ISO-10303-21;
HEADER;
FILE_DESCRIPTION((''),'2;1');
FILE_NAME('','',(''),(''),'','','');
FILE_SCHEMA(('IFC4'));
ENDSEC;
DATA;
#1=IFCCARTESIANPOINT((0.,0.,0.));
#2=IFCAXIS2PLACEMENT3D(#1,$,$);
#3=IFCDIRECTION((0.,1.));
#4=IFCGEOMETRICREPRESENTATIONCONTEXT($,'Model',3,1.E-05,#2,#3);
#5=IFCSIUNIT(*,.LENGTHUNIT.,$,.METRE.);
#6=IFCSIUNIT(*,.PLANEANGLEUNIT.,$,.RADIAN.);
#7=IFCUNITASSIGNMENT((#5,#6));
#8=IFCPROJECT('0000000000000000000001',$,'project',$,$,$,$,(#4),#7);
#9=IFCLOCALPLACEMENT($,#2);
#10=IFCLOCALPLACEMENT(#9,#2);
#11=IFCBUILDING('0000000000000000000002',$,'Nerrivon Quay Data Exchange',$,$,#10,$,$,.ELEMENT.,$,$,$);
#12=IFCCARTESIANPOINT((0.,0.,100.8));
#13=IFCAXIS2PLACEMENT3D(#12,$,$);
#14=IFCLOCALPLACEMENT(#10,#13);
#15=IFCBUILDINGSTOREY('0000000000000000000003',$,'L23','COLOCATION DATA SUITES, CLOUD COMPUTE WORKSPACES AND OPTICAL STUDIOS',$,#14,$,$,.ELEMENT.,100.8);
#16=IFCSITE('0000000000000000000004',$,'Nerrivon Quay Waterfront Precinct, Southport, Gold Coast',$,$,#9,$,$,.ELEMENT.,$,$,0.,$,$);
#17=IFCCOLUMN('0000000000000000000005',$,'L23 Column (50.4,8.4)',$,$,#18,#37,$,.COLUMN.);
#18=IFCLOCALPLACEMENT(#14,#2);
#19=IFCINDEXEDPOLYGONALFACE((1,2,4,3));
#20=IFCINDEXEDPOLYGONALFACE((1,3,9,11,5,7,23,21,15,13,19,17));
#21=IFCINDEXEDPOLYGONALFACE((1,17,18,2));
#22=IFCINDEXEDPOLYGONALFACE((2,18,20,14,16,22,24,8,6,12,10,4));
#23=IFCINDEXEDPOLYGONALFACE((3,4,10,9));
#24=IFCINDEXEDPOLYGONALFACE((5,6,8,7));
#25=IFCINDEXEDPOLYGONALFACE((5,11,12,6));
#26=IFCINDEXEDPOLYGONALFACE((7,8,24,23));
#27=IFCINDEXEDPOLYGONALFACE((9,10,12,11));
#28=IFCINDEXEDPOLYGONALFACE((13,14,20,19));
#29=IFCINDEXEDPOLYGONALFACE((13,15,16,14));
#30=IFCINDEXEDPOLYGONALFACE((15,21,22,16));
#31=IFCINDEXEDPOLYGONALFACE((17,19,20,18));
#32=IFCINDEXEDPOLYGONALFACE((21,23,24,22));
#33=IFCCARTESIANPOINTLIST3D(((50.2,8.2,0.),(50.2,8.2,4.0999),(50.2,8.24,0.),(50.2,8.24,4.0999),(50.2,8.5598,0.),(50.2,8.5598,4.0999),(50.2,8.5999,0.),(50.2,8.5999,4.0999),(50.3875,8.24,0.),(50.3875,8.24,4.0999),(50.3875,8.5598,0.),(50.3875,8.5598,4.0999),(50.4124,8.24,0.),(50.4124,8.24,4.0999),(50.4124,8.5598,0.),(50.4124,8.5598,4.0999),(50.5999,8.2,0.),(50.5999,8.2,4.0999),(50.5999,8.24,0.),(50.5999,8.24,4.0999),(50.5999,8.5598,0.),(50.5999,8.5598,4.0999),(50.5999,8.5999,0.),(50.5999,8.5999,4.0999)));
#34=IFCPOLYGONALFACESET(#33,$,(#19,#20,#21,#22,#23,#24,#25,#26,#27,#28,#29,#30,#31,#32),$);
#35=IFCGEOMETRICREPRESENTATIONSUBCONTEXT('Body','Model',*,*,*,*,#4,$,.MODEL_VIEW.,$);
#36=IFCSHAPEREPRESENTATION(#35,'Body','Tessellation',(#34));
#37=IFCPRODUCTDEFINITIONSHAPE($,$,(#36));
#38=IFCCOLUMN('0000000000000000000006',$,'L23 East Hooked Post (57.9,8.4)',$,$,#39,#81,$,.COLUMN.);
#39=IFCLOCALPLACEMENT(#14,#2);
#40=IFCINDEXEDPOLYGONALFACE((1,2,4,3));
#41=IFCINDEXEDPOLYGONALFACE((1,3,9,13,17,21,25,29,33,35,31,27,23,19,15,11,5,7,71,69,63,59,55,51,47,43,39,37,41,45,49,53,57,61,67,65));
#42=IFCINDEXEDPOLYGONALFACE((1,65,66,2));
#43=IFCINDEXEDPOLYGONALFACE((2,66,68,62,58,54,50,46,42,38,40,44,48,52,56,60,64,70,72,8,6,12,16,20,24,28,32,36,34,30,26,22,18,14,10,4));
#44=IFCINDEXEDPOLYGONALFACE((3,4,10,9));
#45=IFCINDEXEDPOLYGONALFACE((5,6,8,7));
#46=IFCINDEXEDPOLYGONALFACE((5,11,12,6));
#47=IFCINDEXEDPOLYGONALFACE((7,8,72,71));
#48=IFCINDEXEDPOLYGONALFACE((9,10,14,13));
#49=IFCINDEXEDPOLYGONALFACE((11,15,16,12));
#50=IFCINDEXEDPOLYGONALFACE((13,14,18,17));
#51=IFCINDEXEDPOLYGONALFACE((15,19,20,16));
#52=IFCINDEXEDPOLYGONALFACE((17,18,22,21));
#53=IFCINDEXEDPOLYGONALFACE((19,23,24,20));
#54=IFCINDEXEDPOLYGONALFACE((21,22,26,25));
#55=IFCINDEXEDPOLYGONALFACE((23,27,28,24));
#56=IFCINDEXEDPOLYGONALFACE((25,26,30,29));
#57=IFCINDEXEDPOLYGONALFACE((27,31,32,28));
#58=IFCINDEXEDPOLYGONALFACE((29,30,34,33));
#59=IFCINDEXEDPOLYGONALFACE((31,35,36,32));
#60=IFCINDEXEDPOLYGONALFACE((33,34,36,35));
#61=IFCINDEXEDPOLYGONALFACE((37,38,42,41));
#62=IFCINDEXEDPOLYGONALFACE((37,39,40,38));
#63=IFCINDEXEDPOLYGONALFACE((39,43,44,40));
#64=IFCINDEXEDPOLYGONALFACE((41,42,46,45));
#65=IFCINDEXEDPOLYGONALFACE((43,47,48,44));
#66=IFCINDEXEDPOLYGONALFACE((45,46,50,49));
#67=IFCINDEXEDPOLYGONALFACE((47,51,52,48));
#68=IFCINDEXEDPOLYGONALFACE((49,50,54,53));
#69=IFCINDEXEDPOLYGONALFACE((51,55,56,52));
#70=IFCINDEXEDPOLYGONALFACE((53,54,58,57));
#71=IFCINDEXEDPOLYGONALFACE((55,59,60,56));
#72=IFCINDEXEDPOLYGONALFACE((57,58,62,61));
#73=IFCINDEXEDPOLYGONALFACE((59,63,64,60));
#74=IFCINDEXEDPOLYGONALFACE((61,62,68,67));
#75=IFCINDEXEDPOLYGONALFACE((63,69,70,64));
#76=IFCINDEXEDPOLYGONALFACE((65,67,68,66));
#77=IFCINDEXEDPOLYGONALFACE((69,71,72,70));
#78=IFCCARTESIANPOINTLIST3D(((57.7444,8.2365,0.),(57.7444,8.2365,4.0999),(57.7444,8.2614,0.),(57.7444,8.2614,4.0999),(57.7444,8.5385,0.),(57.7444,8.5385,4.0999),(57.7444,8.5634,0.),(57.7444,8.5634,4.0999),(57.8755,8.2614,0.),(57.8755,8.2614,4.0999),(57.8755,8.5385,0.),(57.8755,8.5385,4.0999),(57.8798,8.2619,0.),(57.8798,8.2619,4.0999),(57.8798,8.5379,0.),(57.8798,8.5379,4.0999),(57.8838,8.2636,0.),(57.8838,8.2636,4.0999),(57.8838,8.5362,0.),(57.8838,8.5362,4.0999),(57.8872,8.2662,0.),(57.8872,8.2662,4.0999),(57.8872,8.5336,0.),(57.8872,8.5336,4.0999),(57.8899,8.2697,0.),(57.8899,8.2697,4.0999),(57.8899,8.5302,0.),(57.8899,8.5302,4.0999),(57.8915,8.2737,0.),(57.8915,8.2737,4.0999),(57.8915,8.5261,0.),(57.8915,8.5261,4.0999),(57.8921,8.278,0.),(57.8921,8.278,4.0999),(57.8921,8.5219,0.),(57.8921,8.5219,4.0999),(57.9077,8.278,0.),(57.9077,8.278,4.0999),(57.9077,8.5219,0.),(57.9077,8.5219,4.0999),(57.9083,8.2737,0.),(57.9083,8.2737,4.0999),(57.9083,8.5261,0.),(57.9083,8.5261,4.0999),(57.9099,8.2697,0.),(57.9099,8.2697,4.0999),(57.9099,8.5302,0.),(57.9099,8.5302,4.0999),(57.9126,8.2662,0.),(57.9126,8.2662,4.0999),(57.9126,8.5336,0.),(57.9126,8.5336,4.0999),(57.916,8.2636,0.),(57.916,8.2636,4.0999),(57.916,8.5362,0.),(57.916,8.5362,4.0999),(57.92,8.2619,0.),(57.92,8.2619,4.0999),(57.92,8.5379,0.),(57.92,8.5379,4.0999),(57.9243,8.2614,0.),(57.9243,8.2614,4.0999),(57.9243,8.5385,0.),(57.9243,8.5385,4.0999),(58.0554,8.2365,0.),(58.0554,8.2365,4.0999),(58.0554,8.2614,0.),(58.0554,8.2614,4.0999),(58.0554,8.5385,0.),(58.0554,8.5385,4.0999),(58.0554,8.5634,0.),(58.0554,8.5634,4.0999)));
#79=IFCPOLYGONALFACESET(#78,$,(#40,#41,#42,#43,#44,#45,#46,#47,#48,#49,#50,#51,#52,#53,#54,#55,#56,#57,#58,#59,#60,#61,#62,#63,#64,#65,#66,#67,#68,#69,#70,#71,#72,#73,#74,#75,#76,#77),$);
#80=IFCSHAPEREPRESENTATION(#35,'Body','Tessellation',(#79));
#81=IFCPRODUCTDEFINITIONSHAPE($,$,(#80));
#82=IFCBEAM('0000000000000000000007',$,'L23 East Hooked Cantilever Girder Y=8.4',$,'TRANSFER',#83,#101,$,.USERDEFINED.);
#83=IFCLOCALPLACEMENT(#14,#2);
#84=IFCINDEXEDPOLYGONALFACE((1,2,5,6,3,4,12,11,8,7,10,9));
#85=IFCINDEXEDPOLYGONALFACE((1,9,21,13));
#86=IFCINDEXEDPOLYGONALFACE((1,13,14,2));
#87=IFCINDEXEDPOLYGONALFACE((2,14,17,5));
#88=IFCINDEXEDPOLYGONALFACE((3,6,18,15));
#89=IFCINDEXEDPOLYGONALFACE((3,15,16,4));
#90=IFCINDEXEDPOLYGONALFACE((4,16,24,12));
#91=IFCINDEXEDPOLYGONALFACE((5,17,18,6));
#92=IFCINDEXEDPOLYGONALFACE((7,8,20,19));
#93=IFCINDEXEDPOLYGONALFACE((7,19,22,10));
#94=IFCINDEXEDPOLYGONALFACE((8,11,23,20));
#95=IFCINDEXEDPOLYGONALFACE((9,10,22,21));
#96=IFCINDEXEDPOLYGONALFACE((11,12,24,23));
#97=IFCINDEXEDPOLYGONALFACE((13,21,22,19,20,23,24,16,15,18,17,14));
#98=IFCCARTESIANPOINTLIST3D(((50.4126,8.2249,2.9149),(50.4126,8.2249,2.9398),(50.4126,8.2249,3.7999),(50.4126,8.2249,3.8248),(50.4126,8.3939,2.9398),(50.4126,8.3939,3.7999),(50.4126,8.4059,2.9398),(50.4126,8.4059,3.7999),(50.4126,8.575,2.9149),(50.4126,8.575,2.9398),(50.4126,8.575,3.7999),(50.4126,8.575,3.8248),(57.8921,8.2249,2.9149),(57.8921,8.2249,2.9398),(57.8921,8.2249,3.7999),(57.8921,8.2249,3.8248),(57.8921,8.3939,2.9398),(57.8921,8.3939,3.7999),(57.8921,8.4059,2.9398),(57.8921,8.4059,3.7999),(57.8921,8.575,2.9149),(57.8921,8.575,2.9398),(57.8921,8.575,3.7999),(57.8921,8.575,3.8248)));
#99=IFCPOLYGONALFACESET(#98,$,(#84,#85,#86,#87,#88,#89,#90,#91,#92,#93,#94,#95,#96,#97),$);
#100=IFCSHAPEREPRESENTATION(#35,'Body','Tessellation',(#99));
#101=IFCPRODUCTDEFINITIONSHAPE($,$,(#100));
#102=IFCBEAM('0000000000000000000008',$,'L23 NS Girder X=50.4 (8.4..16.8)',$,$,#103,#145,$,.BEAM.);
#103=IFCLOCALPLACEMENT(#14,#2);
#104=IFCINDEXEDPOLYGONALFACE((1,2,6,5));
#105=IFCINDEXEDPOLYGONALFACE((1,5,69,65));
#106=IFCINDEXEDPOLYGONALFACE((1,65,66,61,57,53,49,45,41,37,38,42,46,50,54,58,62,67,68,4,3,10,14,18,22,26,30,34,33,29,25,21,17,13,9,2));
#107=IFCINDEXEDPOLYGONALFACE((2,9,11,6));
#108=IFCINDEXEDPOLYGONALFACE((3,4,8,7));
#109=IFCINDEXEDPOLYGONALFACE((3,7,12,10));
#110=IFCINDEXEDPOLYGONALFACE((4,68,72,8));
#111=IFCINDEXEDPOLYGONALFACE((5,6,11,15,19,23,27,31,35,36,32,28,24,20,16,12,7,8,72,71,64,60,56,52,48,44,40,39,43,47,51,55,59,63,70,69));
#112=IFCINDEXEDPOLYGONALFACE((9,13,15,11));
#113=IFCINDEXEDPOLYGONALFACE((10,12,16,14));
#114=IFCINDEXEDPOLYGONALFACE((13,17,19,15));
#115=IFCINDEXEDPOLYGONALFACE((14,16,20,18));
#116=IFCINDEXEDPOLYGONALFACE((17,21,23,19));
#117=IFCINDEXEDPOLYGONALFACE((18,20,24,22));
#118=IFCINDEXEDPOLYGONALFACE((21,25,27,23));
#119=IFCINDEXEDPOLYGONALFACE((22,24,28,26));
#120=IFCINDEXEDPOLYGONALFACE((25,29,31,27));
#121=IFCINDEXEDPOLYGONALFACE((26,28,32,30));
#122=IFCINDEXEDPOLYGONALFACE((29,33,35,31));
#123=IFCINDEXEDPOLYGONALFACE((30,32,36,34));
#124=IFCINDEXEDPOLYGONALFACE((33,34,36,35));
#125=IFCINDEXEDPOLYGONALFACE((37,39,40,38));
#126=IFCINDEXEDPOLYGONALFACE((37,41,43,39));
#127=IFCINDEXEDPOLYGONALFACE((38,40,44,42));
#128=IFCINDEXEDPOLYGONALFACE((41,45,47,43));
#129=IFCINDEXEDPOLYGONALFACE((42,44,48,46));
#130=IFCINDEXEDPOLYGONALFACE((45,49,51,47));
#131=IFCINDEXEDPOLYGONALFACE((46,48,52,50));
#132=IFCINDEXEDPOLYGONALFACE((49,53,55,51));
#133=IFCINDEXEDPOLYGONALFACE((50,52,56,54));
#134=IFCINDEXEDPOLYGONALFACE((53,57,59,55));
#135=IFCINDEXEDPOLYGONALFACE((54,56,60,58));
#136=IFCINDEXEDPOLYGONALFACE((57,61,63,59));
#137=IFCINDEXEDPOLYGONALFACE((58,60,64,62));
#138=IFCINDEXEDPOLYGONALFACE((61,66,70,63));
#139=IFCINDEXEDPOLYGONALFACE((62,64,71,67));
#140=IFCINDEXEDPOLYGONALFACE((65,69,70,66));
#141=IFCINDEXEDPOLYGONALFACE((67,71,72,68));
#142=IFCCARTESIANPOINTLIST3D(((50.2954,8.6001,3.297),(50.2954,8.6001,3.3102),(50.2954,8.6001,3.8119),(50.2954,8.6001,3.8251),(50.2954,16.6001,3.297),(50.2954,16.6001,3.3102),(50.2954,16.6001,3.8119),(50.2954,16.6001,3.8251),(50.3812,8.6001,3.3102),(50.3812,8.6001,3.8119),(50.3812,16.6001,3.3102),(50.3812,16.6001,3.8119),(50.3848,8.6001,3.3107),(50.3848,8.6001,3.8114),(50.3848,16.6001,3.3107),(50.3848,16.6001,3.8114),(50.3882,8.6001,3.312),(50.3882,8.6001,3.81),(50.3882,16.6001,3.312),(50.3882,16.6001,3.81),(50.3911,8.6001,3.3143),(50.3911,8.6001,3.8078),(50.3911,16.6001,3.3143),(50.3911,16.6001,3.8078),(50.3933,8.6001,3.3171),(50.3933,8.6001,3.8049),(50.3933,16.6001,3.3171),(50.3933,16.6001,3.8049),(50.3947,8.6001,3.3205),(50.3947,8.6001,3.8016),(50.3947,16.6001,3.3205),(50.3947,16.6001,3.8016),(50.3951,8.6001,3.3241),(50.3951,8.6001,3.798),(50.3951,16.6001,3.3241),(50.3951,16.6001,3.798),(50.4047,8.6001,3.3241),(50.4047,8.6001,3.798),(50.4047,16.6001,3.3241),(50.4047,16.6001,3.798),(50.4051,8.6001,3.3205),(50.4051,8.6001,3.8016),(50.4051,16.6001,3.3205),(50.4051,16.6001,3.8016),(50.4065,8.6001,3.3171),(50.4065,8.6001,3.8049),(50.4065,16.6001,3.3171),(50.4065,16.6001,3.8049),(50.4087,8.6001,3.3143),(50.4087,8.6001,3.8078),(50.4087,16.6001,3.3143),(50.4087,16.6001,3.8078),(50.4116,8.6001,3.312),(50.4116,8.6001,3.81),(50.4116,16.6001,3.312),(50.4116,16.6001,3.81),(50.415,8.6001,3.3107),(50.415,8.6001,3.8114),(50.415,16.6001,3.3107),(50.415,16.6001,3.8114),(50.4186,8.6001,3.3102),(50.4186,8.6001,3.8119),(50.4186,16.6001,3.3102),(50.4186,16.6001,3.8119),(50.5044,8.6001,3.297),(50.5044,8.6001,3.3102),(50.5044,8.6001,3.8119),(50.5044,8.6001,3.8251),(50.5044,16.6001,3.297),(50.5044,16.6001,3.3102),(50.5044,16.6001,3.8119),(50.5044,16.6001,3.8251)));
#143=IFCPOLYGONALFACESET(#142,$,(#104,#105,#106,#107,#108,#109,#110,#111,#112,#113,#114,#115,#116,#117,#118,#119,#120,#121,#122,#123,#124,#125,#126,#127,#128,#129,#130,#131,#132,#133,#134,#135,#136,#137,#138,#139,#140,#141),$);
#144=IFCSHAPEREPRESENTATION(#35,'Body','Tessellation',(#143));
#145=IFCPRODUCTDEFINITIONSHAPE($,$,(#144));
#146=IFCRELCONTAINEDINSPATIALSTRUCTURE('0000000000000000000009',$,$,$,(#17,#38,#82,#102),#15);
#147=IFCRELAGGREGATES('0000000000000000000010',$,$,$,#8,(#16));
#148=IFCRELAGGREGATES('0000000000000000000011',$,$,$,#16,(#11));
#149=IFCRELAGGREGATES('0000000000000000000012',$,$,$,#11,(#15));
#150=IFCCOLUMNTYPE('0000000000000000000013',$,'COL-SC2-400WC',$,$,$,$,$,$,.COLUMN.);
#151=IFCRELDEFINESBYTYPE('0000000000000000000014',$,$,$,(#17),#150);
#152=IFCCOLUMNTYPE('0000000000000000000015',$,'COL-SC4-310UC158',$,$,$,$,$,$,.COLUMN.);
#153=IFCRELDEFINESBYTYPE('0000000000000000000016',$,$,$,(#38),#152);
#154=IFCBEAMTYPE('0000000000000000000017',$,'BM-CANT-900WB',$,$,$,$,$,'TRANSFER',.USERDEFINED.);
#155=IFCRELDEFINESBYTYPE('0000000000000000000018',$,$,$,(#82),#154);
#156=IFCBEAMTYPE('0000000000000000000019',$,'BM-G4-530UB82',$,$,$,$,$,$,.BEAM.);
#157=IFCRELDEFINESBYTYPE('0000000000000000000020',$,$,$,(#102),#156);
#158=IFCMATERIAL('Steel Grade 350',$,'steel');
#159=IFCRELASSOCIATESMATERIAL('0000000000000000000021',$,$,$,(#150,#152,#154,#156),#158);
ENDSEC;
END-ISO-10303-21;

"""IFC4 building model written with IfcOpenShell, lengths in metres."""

from ifc_helpers import new_model, si_unit, direction, frame, origin, origin_2d, place, context, subcontext, project, spatial, i_section, extrude, material, material_profile, profile_set, type_object, element, save


model = new_model("IFC4")

# Units and contexts
model_context = context("Model", 3, precision=1e-05, world=origin(), true_north=direction((0.0, 1.0)))
body_context = subcontext(model_context, "Body", "Model", "MODEL_VIEW")
ifc_project = project(units=[si_unit("LENGTHUNIT", "METRE"), si_unit("PLANEANGLEUNIT", "RADIAN")], contexts=[model_context])

# Site, building, storey
site_placement = place(None, origin())
site = spatial("IfcSite", under=ifc_project, at=site_placement, Name="Nerrivon Quay Waterfront Precinct, Southport, Gold Coast", CompositionType="ELEMENT", RefElevation=0.0)
building_placement = place(site_placement, origin())
building = spatial("IfcBuilding", under=site, at=building_placement, Name="Nerrivon Quay Data Exchange", CompositionType="ELEMENT")
storey_placement = place(building_placement, frame((0.0, 0.0, 100.8)))
storey = spatial("IfcBuildingStorey", under=building, at=storey_placement, Name="L23", Description="COLOCATION DATA SUITES, CLOUD COMPUTE WORKSPACES AND OPTICAL STUDIOS", CompositionType="ELEMENT", Elevation=100.8)

# Columns
ifc_material_1 = material(Name="Steel Grade 350", Category="steel")
ifc_material_profile_1 = material_profile(ifc_material_1, i_section(OverallWidth=0.3999, OverallDepth=0.3999, WebThickness=0.0249, FlangeThickness=0.04, at=origin_2d()), Name="400WC328")
ifc_profile_set_1 = profile_set([ifc_material_profile_1], Name="Steel Grade 350")
column_type_1 = type_object("IfcColumnType", Name="COL-SC2-400WC", PredefinedType="COLUMN", material=ifc_profile_set_1)
column_1_placement = place(storey_placement, frame((50.3999, 8.3999, 0.0), z_axis=(0.0, 0.0, 1.0), x_axis=(1.0, 0.0, 0.0)))
element("IfcColumn", 1, at=column_1_placement, inside=storey, type_object=column_type_1, Name="L23 Column (50.4,8.4)", PredefinedType="COLUMN", context=body_context, shape_type="SweptSolid", body=[
    extrude(i_section(OverallWidth=0.3999, OverallDepth=0.3999, WebThickness=0.0249, FlangeThickness=0.04, at=origin_2d()), origin(), (0.0, 0.0, 1.0), 4.0999),
])
ifc_material_profile_2 = material_profile(ifc_material_1, i_section(OverallWidth=0.311, OverallDepth=0.3269, WebThickness=0.0156, FlangeThickness=0.0249, FilletRadius=0.0166, at=origin_2d()), Name="310UC158")
ifc_profile_set_2 = profile_set([ifc_material_profile_2], Name="Steel Grade 350")
column_type_2 = type_object("IfcColumnType", Name="COL-SC4-310UC158", PredefinedType="COLUMN", material=ifc_profile_set_2)
column_2_placement = place(storey_placement, frame((57.8999, 8.3999, 0.0), z_axis=(0.0, 0.0, 1.0), x_axis=(1.0, 0.0, 0.0)))
element("IfcColumn", 2, at=column_2_placement, inside=storey, type_object=column_type_2, Name="L23 East Hooked Post (57.9,8.4)", PredefinedType="COLUMN", context=body_context, shape_type="SweptSolid", body=[
    extrude(i_section(OverallWidth=0.311, OverallDepth=0.3269, WebThickness=0.0156, FlangeThickness=0.0249, FilletRadius=0.0166, at=origin_2d()), origin(), (0.0, 0.0, 1.0), 4.0999),
])

# Beams
ifc_material_profile_3 = material_profile(ifc_material_1, i_section(OverallWidth=0.3501, OverallDepth=0.9099, WebThickness=0.012, FlangeThickness=0.0249, at=origin_2d()), Name="900WB218")
ifc_profile_set_3 = profile_set([ifc_material_profile_3], Name="Steel Grade 350")
beam_type_1 = type_object("IfcBeamType", Name="BM-CANT-900WB", ElementType="TRANSFER", PredefinedType="USERDEFINED", material=ifc_profile_set_3)
beam_1_placement = place(storey_placement, frame((50.4126, 8.3999, 3.3699), z_axis=(1.0, 0.0, 0.0), x_axis=(0.0, 1.0, 0.0)))
element("IfcBeam", 3, at=beam_1_placement, inside=storey, type_object=beam_type_1, Name="L23 East Hooked Cantilever Girder Y=8.4", ObjectType="TRANSFER", PredefinedType="USERDEFINED", context=body_context, shape_type="SweptSolid", body=[
    extrude(i_section(OverallWidth=0.3501, OverallDepth=0.9099, WebThickness=0.012, FlangeThickness=0.0249, at=origin_2d()), origin(), (0.0, 0.0, 1.0), 7.4795),
])
ifc_material_profile_4 = material_profile(ifc_material_1, i_section(OverallWidth=0.209, OverallDepth=0.5281, WebThickness=0.0095, FlangeThickness=0.0132, FilletRadius=0.0139, at=origin_2d()), Name="530UB82.0")
ifc_profile_set_4 = profile_set([ifc_material_profile_4], Name="Steel Grade 350")
beam_type_2 = type_object("IfcBeamType", Name="BM-G4-530UB82", PredefinedType="BEAM", material=ifc_profile_set_4)
beam_2_placement = place(storey_placement, frame((50.3999, 8.6001, 3.561), z_axis=(0.0, 1.0, 0.0), x_axis=(-1.0, 0.0, 0.0)))
element("IfcBeam", 4, at=beam_2_placement, inside=storey, type_object=beam_type_2, Name="L23 NS Girder X=50.4 (8.4..16.8)", PredefinedType="BEAM", context=body_context, shape_type="SweptSolid", body=[
    extrude(i_section(OverallWidth=0.209, OverallDepth=0.5281, WebThickness=0.0095, FlangeThickness=0.0132, FilletRadius=0.0139, at=origin_2d()), origin(), (0.0, 0.0, 1.0), 8.0),
])

save(model, "model.ifc")
